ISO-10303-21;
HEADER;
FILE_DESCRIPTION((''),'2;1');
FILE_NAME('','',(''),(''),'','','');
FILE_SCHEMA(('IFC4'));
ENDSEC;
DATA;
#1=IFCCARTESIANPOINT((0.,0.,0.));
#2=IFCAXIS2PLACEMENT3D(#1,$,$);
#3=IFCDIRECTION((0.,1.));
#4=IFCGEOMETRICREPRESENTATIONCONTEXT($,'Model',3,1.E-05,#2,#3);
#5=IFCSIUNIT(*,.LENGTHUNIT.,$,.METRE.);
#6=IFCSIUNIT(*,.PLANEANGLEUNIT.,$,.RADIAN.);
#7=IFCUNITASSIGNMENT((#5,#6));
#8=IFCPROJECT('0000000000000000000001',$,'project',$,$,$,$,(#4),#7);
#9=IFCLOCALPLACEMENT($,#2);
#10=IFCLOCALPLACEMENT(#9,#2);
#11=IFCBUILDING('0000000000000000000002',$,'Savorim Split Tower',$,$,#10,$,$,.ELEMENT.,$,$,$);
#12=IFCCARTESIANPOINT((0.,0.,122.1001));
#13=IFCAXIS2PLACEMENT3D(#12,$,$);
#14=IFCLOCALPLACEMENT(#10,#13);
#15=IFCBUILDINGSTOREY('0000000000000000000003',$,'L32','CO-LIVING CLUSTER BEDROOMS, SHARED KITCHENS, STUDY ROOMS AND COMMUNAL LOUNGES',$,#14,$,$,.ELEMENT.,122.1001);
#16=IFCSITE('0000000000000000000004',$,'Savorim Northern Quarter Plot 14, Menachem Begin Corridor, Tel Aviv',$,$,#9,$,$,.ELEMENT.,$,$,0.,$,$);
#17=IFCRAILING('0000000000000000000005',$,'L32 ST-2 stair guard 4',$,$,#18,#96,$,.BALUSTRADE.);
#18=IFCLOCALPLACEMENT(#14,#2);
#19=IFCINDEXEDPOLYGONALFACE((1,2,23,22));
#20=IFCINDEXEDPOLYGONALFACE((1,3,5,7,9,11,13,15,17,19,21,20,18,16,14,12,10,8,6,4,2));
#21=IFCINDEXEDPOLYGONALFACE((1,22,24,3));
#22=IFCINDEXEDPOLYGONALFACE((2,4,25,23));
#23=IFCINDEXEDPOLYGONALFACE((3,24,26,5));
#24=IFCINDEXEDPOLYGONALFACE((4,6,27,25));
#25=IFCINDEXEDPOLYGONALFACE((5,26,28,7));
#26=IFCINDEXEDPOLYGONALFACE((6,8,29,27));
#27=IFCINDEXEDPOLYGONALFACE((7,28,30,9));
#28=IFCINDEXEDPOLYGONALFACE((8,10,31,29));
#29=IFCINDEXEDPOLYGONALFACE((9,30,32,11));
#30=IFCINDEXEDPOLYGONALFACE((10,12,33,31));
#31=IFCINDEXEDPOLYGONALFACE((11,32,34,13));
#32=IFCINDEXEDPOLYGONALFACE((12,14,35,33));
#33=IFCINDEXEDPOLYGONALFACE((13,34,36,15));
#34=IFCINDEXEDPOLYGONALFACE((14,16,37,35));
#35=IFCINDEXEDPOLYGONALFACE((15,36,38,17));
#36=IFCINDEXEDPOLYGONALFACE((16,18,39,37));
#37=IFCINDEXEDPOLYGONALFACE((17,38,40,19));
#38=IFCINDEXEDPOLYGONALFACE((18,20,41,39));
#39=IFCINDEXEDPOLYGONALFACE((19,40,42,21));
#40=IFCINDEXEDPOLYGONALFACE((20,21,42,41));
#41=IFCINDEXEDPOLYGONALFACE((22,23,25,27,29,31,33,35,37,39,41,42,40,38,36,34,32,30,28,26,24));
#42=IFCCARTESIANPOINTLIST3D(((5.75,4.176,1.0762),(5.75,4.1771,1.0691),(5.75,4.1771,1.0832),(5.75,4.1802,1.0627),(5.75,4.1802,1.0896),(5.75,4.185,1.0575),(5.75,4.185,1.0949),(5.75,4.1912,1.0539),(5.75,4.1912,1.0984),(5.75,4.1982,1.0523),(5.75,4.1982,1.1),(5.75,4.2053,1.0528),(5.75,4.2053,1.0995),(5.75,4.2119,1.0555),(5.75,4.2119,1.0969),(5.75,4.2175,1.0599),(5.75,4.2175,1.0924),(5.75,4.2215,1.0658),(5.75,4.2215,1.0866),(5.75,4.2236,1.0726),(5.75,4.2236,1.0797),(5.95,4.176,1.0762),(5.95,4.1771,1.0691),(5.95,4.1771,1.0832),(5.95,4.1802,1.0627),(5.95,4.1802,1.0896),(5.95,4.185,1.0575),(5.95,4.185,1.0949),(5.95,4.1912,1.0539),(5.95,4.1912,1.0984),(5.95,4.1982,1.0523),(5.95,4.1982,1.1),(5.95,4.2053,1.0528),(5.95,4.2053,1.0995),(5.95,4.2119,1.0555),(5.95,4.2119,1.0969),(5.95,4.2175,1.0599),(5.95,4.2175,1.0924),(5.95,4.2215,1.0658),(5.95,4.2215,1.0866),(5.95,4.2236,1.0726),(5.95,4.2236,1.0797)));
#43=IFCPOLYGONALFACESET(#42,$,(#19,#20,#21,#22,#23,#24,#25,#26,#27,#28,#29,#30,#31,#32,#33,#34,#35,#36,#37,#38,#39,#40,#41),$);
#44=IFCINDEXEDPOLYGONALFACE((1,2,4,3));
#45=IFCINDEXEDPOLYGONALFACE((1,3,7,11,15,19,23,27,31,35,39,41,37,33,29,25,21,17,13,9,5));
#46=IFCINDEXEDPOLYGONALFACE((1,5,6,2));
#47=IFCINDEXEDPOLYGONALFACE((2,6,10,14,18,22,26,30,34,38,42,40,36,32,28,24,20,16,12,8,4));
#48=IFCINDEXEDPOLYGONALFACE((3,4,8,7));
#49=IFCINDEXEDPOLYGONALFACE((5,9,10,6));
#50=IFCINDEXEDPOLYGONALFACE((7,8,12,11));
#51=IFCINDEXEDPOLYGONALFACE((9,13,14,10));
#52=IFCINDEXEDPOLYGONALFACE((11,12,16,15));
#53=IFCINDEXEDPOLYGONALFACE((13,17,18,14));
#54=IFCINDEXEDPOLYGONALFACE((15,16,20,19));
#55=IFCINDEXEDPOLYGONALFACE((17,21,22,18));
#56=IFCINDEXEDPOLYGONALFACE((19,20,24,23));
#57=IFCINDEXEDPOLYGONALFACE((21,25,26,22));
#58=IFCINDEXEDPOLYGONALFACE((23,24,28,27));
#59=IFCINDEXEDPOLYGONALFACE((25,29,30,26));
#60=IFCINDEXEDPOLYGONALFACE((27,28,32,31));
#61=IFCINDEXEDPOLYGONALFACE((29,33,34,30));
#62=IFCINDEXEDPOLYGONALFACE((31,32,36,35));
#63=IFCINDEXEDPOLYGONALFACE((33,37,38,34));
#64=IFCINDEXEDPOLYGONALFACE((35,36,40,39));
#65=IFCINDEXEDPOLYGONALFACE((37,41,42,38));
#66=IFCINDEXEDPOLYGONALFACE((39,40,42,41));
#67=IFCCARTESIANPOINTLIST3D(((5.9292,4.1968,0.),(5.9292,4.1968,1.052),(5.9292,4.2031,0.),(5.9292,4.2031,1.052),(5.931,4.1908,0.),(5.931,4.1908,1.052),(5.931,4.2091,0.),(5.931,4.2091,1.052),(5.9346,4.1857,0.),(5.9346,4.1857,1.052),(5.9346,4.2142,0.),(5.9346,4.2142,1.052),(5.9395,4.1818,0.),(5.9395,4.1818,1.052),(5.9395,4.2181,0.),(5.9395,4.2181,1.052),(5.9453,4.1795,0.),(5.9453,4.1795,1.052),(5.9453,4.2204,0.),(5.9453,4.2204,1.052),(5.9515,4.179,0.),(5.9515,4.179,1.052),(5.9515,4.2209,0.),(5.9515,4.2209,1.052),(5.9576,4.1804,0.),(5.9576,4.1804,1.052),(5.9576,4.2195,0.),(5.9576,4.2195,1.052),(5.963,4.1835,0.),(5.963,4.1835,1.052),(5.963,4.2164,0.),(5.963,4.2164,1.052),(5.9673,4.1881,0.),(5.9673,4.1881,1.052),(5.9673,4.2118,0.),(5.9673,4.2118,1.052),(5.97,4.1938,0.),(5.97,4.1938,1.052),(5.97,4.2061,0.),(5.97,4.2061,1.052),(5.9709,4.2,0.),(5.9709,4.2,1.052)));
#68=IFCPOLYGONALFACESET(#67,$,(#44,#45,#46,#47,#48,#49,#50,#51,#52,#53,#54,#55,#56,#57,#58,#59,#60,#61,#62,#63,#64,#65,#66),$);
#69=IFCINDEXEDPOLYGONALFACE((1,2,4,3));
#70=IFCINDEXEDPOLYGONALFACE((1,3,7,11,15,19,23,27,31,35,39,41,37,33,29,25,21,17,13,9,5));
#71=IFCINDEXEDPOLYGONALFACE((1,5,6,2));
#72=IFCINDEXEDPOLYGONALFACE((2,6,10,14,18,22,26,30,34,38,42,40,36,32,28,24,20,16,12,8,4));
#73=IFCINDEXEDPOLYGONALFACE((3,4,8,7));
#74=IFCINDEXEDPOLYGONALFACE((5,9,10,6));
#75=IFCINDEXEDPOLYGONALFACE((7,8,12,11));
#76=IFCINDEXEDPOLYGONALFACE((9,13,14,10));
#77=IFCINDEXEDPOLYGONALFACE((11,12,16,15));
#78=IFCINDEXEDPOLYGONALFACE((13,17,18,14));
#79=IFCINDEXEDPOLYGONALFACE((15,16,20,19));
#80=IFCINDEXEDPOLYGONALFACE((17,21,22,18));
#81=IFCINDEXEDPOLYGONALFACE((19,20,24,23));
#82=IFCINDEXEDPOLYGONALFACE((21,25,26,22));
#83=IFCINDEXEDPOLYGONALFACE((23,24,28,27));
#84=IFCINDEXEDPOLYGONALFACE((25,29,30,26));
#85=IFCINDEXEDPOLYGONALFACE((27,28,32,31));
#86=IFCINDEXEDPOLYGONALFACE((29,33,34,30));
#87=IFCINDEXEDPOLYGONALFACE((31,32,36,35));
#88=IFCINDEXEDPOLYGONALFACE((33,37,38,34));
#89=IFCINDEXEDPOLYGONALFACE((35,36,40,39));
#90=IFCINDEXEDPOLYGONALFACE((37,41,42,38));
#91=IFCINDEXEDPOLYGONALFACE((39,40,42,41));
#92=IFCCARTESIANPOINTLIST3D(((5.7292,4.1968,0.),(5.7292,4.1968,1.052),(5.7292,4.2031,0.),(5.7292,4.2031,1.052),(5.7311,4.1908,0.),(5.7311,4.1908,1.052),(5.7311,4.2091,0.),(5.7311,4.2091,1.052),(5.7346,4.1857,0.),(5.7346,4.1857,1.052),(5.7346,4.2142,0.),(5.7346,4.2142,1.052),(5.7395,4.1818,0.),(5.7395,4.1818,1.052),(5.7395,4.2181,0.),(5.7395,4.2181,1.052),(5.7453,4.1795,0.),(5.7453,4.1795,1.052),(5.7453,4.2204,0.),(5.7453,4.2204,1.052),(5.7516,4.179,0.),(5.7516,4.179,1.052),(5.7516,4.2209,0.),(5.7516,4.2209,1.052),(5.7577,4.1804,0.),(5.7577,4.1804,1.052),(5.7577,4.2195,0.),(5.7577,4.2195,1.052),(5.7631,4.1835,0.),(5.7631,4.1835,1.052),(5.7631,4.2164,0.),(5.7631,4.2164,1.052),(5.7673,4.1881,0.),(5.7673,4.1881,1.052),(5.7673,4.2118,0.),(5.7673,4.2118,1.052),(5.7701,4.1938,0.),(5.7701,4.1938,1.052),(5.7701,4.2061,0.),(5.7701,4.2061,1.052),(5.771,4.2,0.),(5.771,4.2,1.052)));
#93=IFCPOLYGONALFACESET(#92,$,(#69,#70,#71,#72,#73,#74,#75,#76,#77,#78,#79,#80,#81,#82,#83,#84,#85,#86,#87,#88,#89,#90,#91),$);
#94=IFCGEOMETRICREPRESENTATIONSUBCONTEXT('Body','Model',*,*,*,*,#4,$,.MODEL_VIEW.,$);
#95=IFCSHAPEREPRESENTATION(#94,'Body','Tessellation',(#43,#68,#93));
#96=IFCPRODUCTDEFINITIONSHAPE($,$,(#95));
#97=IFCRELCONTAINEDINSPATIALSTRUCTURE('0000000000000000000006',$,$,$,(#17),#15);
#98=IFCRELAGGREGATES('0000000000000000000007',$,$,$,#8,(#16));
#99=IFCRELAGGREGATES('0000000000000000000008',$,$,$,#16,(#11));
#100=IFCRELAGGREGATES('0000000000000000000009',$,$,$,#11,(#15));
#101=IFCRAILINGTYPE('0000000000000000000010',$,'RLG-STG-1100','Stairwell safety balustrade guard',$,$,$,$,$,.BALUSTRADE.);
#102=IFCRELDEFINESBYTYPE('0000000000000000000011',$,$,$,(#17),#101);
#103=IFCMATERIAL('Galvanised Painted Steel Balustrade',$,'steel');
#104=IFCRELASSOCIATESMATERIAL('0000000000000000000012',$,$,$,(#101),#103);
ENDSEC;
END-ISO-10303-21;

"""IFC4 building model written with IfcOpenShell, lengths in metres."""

from ifc_helpers import new_model, si_unit, direction, frame, origin, origin_2d, place, context, subcontext, project, spatial, circle, extrude, material, type_object, element, save


model = new_model("IFC4")

# Units and contexts
model_context = context("Model", 3, precision=1e-05, world=origin(), true_north=direction((0.0, 1.0)))
body_context = subcontext(model_context, "Body", "Model", "MODEL_VIEW")
ifc_project = project(units=[si_unit("LENGTHUNIT", "METRE"), si_unit("PLANEANGLEUNIT", "RADIAN")], contexts=[model_context])

# Site, building, storey
site_placement = place(None, origin())
site = spatial("IfcSite", under=ifc_project, at=site_placement, Name="Savorim Northern Quarter Plot 14, Menachem Begin Corridor, Tel Aviv", CompositionType="ELEMENT", RefElevation=0.0)
building_placement = place(site_placement, origin())
building = spatial("IfcBuilding", under=site, at=building_placement, Name="Savorim Split Tower", CompositionType="ELEMENT")
storey_placement = place(building_placement, frame((0.0, 0.0, 122.1001)))
storey = spatial("IfcBuildingStorey", under=building, at=storey_placement, Name="L32", Description="CO-LIVING CLUSTER BEDROOMS, SHARED KITCHENS, STUDY ROOMS AND COMMUNAL LOUNGES", CompositionType="ELEMENT", Elevation=122.1001)

# Railing
ifc_material_1 = material(Name="Galvanised Painted Steel Balustrade", Category="steel")
railing_type_1 = type_object("IfcRailingType", Name="RLG-STG-1100", Description="Stairwell safety balustrade guard", PredefinedType="BALUSTRADE", material=ifc_material_1)
railing_1_placement = place(storey_placement, frame((5.95, 4.2, 0.0)))
element("IfcRailing", 1, at=railing_1_placement, inside=storey, type_object=railing_type_1, Name="L32 ST-2 stair guard 4", PredefinedType="BALUSTRADE", context=body_context, shape_type="SweptSolid", body=[
    extrude(circle(Radius=0.0239, at=origin_2d()), frame((0.0, 0.0, 1.0762), z_axis=(-1.0, 0.0, 0.0), x_axis=(0.0, -1.0, 0.0)), (0.0, 0.0, 1.0), 0.2),
    extrude(circle(Radius=0.021, at=origin_2d()), origin(), (0.0, 0.0, 1.0), 1.052),
    extrude(circle(Radius=0.021, at=origin_2d()), frame((-0.2, 0.0, 0.0)), (0.0, 0.0, 1.0), 1.052),
])

save(model, "model.ifc")
